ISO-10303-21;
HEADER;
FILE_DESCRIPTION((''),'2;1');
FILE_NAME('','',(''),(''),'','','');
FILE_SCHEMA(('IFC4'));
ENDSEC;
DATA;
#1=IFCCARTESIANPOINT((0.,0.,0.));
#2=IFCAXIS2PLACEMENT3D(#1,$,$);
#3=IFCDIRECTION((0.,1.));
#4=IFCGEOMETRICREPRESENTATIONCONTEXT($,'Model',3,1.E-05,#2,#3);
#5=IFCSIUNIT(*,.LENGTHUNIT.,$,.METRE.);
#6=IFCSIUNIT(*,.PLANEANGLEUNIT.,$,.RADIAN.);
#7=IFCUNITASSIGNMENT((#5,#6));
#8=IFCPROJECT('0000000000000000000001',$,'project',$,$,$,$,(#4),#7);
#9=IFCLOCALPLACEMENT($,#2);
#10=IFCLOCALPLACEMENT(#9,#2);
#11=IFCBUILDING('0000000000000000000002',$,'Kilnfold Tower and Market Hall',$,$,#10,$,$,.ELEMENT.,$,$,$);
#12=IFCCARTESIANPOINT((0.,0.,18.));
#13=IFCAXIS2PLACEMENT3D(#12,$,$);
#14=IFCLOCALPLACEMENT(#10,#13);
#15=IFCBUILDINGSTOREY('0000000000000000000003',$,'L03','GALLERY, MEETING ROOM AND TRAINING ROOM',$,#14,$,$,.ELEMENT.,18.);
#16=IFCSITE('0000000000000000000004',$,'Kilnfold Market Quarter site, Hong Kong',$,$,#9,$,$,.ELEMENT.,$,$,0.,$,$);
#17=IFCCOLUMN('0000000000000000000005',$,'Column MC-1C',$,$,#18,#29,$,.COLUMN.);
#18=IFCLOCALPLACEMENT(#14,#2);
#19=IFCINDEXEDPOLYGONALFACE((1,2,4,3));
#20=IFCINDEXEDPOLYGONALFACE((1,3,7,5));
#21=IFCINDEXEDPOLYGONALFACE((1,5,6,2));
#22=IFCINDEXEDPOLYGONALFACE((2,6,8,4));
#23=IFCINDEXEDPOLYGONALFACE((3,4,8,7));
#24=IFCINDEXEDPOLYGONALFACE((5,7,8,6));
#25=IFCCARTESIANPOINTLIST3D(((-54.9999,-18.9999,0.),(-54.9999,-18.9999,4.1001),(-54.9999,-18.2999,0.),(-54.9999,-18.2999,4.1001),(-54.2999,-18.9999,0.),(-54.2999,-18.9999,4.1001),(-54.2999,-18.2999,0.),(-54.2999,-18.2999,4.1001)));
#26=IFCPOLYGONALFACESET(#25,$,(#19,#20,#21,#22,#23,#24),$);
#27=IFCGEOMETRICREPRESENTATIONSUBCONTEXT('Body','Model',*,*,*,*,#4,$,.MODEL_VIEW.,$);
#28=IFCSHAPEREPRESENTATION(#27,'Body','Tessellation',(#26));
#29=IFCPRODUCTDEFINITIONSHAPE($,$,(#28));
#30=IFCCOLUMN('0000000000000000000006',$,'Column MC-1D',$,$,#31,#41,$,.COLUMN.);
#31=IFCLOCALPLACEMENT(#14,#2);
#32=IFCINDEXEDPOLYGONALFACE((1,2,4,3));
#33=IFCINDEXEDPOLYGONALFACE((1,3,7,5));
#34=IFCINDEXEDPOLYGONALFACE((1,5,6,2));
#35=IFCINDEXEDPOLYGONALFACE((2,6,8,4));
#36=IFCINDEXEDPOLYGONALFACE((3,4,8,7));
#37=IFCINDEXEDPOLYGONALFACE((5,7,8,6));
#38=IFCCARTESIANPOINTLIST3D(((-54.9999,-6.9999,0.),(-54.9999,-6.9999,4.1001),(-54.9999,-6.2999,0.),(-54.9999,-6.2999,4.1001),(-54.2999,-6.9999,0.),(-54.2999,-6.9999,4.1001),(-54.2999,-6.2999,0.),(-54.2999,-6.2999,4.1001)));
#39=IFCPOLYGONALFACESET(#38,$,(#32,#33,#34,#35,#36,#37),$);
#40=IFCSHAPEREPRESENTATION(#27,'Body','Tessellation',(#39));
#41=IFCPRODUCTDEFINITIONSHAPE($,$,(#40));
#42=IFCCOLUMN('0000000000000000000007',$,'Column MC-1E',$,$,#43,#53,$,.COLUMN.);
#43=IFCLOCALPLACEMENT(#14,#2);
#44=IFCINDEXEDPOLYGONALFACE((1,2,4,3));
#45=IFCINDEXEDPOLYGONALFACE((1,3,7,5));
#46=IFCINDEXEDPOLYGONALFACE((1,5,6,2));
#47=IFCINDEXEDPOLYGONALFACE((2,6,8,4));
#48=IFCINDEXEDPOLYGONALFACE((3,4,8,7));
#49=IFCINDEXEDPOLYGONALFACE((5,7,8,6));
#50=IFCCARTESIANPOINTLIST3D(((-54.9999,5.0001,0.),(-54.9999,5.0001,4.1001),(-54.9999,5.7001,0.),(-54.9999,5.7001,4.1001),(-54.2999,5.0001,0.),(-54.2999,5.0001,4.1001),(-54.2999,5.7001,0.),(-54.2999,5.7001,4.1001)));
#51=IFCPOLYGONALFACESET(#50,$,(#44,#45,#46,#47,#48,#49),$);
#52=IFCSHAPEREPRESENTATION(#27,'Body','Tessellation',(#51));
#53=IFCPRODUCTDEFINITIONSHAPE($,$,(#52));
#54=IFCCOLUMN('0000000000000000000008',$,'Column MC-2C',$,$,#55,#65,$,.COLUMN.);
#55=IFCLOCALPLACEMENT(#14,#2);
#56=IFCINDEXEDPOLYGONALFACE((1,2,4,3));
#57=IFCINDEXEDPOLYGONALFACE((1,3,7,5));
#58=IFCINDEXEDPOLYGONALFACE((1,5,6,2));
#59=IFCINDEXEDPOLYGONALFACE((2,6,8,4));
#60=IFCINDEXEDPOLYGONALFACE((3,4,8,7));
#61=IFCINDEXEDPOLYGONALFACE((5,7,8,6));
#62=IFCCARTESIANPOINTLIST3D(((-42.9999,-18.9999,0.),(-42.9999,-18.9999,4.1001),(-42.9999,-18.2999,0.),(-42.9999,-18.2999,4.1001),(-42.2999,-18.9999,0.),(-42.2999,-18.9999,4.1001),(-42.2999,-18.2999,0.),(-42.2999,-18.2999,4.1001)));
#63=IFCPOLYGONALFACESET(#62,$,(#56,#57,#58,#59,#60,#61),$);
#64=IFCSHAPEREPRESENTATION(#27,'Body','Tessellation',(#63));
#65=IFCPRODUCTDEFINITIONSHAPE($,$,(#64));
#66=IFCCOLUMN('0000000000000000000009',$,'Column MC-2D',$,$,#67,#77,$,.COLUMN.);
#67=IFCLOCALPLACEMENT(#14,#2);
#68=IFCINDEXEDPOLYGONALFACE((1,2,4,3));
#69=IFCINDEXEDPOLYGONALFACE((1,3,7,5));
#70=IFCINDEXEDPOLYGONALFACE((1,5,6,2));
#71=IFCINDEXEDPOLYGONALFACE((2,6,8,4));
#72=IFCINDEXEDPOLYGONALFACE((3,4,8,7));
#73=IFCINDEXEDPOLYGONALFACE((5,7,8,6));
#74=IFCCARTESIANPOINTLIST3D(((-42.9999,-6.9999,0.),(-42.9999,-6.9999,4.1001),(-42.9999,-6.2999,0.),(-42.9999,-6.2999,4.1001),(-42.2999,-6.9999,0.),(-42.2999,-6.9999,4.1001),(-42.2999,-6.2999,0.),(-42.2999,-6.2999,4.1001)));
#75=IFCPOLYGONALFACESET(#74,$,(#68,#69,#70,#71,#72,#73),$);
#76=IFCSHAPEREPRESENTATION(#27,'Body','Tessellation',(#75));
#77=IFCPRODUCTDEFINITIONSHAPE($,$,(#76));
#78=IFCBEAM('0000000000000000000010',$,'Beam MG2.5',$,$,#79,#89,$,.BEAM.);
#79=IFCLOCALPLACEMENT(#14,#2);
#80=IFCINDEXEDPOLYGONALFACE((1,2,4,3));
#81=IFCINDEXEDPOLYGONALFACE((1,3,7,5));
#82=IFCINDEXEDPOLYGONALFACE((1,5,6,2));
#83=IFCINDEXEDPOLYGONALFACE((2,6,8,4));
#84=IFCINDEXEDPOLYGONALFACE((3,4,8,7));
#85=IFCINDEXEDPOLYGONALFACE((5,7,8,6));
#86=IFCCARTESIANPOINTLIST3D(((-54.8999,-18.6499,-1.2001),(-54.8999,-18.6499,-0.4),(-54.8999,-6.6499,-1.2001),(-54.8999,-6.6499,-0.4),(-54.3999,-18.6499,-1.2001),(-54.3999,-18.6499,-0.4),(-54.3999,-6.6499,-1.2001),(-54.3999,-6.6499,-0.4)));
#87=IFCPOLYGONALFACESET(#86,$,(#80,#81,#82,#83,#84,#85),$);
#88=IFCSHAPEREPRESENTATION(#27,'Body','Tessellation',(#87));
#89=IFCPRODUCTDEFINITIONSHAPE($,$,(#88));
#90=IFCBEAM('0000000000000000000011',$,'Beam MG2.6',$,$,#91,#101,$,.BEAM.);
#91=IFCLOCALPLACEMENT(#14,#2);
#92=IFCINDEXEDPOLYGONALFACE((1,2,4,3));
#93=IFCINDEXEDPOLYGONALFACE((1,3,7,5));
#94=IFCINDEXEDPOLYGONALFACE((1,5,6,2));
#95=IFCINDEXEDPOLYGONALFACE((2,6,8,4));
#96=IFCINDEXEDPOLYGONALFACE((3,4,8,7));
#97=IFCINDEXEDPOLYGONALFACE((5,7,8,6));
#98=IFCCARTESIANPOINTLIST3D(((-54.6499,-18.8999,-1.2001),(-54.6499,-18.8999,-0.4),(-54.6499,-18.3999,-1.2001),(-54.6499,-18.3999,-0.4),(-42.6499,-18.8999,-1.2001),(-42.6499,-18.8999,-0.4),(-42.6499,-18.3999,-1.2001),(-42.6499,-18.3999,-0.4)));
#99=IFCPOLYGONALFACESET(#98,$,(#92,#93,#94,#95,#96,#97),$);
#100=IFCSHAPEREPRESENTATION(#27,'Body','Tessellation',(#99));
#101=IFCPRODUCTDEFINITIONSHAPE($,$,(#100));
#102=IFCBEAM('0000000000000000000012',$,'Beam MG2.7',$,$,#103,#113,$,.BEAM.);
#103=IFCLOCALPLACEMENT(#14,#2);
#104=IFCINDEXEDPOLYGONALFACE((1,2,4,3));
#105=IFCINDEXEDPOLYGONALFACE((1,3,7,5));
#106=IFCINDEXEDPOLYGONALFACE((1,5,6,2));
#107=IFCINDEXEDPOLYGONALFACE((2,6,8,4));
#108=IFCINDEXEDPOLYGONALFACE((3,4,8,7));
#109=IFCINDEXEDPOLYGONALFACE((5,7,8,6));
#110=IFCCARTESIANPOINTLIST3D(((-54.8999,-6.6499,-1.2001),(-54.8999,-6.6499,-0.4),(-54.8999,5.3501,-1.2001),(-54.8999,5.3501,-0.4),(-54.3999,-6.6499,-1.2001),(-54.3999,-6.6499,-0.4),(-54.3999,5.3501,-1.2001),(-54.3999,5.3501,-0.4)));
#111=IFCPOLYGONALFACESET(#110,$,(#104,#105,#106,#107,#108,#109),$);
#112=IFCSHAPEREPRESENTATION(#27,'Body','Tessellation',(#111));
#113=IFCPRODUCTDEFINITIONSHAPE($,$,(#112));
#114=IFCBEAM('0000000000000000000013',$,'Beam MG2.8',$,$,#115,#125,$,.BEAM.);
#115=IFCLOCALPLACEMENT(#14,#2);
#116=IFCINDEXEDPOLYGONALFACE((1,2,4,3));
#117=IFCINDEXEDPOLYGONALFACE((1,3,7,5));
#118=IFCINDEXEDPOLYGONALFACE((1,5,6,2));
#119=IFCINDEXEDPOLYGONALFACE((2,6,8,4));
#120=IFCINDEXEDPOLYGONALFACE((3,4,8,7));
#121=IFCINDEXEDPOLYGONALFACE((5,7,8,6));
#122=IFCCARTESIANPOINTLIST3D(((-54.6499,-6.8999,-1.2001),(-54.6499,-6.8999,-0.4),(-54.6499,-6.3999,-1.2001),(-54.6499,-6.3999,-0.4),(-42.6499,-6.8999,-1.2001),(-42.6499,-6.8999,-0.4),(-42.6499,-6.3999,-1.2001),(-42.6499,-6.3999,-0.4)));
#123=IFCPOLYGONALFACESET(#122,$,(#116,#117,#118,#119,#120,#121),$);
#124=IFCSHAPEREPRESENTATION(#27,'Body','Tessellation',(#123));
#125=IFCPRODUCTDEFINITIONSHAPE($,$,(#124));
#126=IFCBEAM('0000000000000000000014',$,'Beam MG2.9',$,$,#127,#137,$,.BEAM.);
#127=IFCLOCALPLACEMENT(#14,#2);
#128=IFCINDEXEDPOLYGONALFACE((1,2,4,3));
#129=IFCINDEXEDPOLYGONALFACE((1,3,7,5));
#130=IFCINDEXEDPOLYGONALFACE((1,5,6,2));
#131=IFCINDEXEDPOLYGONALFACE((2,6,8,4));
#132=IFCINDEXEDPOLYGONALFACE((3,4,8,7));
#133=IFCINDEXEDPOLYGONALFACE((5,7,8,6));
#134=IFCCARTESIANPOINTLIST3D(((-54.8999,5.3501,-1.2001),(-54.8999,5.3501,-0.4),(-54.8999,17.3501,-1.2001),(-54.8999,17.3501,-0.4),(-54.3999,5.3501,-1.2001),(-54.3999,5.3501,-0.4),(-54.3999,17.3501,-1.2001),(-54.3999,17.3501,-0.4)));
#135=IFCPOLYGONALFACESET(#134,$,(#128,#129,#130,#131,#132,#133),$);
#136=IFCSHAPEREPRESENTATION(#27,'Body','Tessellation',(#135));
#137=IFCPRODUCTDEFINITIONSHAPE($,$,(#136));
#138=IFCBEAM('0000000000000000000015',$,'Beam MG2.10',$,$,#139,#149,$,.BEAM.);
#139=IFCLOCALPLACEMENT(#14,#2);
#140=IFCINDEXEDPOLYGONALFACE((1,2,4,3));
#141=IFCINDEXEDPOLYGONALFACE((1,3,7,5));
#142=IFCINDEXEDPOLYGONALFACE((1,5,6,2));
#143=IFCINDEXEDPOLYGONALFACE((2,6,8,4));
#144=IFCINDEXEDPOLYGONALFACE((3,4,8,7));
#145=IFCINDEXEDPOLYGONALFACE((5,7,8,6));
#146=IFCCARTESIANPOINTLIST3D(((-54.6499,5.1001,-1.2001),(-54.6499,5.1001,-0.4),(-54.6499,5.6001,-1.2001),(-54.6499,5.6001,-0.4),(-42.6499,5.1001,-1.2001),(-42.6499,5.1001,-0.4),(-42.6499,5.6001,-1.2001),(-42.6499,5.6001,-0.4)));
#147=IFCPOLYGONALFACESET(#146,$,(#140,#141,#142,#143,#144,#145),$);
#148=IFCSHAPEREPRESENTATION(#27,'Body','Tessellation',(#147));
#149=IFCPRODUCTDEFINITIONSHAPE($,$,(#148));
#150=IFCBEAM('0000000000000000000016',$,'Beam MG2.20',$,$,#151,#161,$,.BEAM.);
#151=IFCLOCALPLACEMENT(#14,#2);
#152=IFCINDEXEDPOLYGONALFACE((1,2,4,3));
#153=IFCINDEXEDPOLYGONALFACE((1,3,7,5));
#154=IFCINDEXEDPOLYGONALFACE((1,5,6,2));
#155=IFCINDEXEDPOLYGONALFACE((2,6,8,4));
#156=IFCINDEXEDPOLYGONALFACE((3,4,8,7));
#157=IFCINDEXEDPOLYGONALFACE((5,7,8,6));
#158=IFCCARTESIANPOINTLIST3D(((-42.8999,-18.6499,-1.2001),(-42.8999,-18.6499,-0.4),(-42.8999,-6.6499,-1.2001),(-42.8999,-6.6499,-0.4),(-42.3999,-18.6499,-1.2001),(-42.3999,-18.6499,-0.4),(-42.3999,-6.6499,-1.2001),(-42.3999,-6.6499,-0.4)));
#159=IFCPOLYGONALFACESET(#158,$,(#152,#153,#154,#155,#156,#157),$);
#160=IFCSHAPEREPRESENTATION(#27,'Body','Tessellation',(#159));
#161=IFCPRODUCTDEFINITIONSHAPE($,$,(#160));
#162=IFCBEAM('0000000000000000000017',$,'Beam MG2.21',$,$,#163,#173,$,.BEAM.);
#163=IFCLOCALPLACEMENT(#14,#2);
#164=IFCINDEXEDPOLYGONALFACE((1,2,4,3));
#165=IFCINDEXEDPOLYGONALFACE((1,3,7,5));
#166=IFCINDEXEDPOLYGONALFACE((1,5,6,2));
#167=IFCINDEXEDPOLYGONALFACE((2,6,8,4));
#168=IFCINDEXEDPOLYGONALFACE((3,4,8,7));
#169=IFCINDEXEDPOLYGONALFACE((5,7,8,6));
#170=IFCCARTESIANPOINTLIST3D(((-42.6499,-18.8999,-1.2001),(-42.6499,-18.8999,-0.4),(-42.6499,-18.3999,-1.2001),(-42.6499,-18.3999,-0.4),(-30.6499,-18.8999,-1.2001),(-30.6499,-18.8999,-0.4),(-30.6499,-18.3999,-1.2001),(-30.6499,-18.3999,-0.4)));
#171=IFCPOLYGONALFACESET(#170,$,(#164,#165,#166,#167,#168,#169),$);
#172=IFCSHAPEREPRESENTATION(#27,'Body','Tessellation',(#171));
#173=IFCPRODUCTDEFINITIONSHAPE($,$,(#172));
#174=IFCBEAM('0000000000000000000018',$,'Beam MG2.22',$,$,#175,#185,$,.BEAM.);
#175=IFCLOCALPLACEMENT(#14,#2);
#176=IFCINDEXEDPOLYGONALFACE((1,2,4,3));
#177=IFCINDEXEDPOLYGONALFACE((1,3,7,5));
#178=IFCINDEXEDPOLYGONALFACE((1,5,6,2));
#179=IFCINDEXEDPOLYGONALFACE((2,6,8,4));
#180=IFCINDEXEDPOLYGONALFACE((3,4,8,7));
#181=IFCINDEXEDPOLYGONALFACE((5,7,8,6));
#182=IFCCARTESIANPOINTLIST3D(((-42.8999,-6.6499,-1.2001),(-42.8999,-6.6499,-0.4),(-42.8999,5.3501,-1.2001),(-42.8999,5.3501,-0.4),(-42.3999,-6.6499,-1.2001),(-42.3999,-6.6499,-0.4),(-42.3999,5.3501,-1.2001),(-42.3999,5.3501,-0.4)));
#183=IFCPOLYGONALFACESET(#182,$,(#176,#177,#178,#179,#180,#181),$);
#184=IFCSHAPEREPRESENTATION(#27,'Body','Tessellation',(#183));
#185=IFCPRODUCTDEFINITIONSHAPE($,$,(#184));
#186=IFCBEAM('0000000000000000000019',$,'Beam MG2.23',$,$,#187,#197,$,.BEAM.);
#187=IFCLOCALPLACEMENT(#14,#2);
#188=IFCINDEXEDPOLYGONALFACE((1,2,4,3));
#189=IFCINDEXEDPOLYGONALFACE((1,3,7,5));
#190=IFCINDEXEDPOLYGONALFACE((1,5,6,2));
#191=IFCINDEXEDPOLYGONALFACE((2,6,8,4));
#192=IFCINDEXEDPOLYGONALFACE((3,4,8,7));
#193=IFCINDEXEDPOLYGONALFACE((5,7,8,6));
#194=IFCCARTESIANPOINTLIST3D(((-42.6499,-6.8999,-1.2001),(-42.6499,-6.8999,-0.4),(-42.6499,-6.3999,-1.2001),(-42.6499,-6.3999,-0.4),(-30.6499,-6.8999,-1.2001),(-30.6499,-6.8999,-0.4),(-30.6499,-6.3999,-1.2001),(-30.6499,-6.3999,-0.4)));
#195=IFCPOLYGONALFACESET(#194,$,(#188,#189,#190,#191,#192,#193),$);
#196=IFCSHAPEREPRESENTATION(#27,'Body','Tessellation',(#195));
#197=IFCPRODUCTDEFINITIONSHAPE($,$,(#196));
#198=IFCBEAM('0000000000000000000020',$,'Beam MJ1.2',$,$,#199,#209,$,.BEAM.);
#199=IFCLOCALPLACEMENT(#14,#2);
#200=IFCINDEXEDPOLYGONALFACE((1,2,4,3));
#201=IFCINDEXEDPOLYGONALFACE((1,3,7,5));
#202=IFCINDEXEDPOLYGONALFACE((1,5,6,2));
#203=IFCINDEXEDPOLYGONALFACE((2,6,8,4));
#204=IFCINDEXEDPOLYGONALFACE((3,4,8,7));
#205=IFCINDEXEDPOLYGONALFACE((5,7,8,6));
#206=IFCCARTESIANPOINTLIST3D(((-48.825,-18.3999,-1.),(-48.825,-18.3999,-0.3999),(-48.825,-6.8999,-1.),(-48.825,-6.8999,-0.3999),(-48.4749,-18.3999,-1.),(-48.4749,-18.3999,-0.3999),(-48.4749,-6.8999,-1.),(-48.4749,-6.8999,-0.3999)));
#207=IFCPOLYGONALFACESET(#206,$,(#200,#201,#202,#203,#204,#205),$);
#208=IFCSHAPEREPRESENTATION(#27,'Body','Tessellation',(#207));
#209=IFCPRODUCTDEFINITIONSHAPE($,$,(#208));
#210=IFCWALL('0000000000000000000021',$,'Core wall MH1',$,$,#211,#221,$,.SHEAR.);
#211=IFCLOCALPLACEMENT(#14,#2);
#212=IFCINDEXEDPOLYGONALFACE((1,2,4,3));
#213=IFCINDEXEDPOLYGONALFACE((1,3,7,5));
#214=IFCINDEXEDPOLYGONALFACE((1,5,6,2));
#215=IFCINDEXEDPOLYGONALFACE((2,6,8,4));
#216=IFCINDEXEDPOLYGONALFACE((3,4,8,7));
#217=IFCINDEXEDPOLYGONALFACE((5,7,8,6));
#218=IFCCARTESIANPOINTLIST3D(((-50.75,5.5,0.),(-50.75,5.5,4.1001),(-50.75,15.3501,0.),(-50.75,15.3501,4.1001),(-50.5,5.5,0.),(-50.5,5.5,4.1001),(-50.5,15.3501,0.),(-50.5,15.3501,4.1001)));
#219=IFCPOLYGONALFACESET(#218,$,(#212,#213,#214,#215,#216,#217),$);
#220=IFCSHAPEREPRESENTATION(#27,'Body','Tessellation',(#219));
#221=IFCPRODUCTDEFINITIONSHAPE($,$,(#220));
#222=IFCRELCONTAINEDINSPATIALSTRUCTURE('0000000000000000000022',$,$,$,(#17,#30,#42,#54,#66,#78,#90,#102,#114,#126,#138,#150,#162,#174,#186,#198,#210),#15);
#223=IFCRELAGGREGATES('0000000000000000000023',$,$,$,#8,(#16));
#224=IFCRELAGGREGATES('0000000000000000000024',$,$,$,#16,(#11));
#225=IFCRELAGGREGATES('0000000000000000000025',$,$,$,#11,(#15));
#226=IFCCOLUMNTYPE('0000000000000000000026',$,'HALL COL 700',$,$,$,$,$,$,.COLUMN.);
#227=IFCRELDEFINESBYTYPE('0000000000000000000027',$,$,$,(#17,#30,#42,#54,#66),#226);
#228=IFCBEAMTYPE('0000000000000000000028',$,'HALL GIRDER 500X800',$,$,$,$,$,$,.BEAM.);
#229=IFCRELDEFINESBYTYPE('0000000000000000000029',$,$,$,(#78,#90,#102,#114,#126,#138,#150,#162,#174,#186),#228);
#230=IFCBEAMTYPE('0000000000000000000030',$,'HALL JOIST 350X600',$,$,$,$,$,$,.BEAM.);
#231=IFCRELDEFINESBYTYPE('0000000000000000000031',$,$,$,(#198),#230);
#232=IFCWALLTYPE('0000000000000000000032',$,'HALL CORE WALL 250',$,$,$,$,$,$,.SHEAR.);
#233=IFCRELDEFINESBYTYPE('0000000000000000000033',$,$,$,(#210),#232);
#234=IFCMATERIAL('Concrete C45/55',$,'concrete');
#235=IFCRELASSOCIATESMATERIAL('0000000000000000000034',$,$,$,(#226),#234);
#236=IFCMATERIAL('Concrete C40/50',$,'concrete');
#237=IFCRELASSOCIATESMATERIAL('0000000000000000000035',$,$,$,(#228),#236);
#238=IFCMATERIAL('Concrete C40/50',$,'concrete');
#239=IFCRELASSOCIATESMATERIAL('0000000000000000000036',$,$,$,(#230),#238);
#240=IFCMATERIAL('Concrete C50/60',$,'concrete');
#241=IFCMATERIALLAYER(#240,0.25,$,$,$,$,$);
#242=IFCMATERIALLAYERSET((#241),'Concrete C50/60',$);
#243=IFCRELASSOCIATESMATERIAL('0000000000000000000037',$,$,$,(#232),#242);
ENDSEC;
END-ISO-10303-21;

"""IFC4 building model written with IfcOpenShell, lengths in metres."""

from ifc_helpers import new_model, si_unit, direction, frame, frame_2d, origin, origin_2d, place, context, subcontext, project, spatial, rectangle, extrude, source, transform, mapped, material, layer, layer_set, material_profile, profile_set, type_object, element, save


model = new_model("IFC4")

# Units and contexts
model_context = context("Model", 3, precision=1e-05, world=origin(), true_north=direction((0.0, 1.0)))
body_context = subcontext(model_context, "Body", "Model", "MODEL_VIEW")
ifc_project = project(units=[si_unit("LENGTHUNIT", "METRE"), si_unit("PLANEANGLEUNIT", "RADIAN")], contexts=[model_context])

# Site, building, storey
site_placement = place(None, origin())
site = spatial("IfcSite", under=ifc_project, at=site_placement, Name="Kilnfold Market Quarter site, Hong Kong", CompositionType="ELEMENT", RefElevation=0.0)
building_placement = place(site_placement, origin())
building = spatial("IfcBuilding", under=site, at=building_placement, Name="Kilnfold Tower and Market Hall", CompositionType="ELEMENT")
storey_placement = place(building_placement, frame((0.0, 0.0, 18.0)))
storey = spatial("IfcBuildingStorey", under=building, at=storey_placement, Name="L03", Description="GALLERY, MEETING ROOM AND TRAINING ROOM", CompositionType="ELEMENT", Elevation=18.0)

# Columns
ifc_material_1 = material(Name="Concrete C45/55", Category="concrete")
ifc_material_profile_1 = material_profile(ifc_material_1, rectangle(XDim=0.7, YDim=0.7, at=origin_2d()), Name="RC 700x700")
ifc_profile_set_1 = profile_set([ifc_material_profile_1], Name="Concrete C45/55")
column_type = type_object("IfcColumnType", Name="HALL COL 700", PredefinedType="COLUMN", material=ifc_profile_set_1)
shared_shape_1 = source(origin(), body_context, "Body", "SweptSolid", [
    extrude(rectangle(XDim=0.7, YDim=0.7, at=origin_2d()), origin(), (0.0, 0.0, 1.0), 4.1001),
])
for number, where, z_axis, x_axis, name in (
    (1, (-54.6499, -18.6499, 0.0), (0.0, 0.0, 1.0), (1.0, 0.0, 0.0), "Column MC-1C"),
    (2, (-54.6499, -6.6499, 0.0), (0.0, 0.0, 1.0), (1.0, 0.0, 0.0), "Column MC-1D"),
    (3, (-54.6499, 5.3501, 0.0), (0.0, 0.0, 1.0), (1.0, 0.0, 0.0), "Column MC-1E"),
    (4, (-42.6499, -18.6499, 0.0), (0.0, 0.0, 1.0), (1.0, 0.0, 0.0), "Column MC-2C"),
    (5, (-42.6499, -6.6499, 0.0), (0.0, 0.0, 1.0), (1.0, 0.0, 0.0), "Column MC-2D"),
):
    element("IfcColumn", number, at=place(storey_placement, frame(where, z_axis=z_axis, x_axis=x_axis)), inside=storey, type_object=column_type, Name=name, PredefinedType="COLUMN", context=body_context, shape_type="MappedRepresentation", body=[
        mapped(shared_shape_1, transform((0.0, 0.0, 0.0))),
    ])

# Beams
ifc_material_2 = material(Name="Concrete C40/50", Category="concrete")
ifc_material_profile_2 = material_profile(ifc_material_2, rectangle(XDim=0.5, YDim=0.8, at=origin_2d()), Name="RC 500x800")
ifc_profile_set_2 = profile_set([ifc_material_profile_2], Name="Concrete C40/50")
beam_type_1 = type_object("IfcBeamType", Name="HALL GIRDER 500X800", PredefinedType="BEAM", material=ifc_profile_set_2)
for number, where, z_axis, x_axis, name in (
    (6, (-54.6499, -18.6499, -0.8), (0.0, 1.0, 0.0), (-1.0, 0.0, 0.0), "Beam MG2.5"),
    (7, (-54.6499, -18.6499, -0.8), (1.0, 0.0, 0.0), (0.0, 1.0, 0.0), "Beam MG2.6"),
    (8, (-54.6499, -6.6499, -0.8), (0.0, 1.0, 0.0), (-1.0, 0.0, 0.0), "Beam MG2.7"),
    (9, (-54.6499, -6.6499, -0.8), (1.0, 0.0, 0.0), (0.0, 1.0, 0.0), "Beam MG2.8"),
    (10, (-54.6499, 5.3501, -0.8), (0.0, 1.0, 0.0), (-1.0, 0.0, 0.0), "Beam MG2.9"),
    (11, (-54.6499, 5.3501, -0.8), (1.0, 0.0, 0.0), (0.0, 1.0, 0.0), "Beam MG2.10"),
    (12, (-42.6499, -18.6499, -0.8), (0.0, 1.0, 0.0), (-1.0, 0.0, 0.0), "Beam MG2.20"),
    (13, (-42.6499, -18.6499, -0.8), (1.0, 0.0, 0.0), (0.0, 1.0, 0.0), "Beam MG2.21"),
    (14, (-42.6499, -6.6499, -0.8), (0.0, 1.0, 0.0), (-1.0, 0.0, 0.0), "Beam MG2.22"),
    (15, (-42.6499, -6.6499, -0.8), (1.0, 0.0, 0.0), (0.0, 1.0, 0.0), "Beam MG2.23"),
):
    element("IfcBeam", number, at=place(storey_placement, frame(where, z_axis=z_axis, x_axis=x_axis)), inside=storey, type_object=beam_type_1, Name=name, PredefinedType="BEAM", context=body_context, shape_type="SweptSolid", body=[
        extrude(rectangle(XDim=0.5, YDim=0.8, at=origin_2d()), origin(), (0.0, 0.0, 1.0), 12.0),
    ])
ifc_material_3 = material(Name="Concrete C40/50", Category="concrete")
ifc_material_profile_3 = material_profile(ifc_material_3, rectangle(XDim=0.3501, YDim=0.6001, at=origin_2d()), Name="RC 350x600")
ifc_profile_set_3 = profile_set([ifc_material_profile_3], Name="Concrete C40/50")
beam_type_2 = type_object("IfcBeamType", Name="HALL JOIST 350X600", PredefinedType="BEAM", material=ifc_profile_set_3)
beam_placement = place(storey_placement, frame((-48.6499, -18.3999, -0.7), z_axis=(0.0, 1.0, 0.0), x_axis=(-1.0, 0.0, 0.0)))
element("IfcBeam", 16, at=beam_placement, inside=storey, type_object=beam_type_2, Name="Beam MJ1.2", PredefinedType="BEAM", context=body_context, shape_type="SweptSolid", body=[
    extrude(rectangle(XDim=0.3501, YDim=0.6001, at=origin_2d()), origin(), (0.0, 0.0, 1.0), 11.5),
])

# Wall
ifc_material_4 = material(Name="Concrete C50/60", Category="concrete")
ifc_layer_1 = layer(ifc_material_4, 0.25)
ifc_layer_set_1 = layer_set([ifc_layer_1], Name="Concrete C50/60")
wall_type_1 = type_object("IfcWallType", Name="HALL CORE WALL 250", PredefinedType="SHEAR", material=ifc_layer_set_1)
shared_shape_2 = source(origin(), body_context, "Body", "SweptSolid", [
    extrude(rectangle(XDim=9.8501, YDim=0.25, at=frame_2d((4.925, 0.0))), origin(), (0.0, 0.0, 1.0), 4.1001),
])
wall_1_placement = place(storey_placement, frame((-50.625, 5.5, 0.0), z_axis=(0.0, 0.0, 1.0), x_axis=(0.0, 1.0, 0.0)))
element("IfcWall", 17, at=wall_1_placement, inside=storey, type_object=wall_type_1, Name="Core wall MH1", PredefinedType="SHEAR", context=body_context, shape_type="MappedRepresentation", body=[
    mapped(shared_shape_2, transform((0.0, 0.0, 0.0))),
])

save(model, "model.ifc")
